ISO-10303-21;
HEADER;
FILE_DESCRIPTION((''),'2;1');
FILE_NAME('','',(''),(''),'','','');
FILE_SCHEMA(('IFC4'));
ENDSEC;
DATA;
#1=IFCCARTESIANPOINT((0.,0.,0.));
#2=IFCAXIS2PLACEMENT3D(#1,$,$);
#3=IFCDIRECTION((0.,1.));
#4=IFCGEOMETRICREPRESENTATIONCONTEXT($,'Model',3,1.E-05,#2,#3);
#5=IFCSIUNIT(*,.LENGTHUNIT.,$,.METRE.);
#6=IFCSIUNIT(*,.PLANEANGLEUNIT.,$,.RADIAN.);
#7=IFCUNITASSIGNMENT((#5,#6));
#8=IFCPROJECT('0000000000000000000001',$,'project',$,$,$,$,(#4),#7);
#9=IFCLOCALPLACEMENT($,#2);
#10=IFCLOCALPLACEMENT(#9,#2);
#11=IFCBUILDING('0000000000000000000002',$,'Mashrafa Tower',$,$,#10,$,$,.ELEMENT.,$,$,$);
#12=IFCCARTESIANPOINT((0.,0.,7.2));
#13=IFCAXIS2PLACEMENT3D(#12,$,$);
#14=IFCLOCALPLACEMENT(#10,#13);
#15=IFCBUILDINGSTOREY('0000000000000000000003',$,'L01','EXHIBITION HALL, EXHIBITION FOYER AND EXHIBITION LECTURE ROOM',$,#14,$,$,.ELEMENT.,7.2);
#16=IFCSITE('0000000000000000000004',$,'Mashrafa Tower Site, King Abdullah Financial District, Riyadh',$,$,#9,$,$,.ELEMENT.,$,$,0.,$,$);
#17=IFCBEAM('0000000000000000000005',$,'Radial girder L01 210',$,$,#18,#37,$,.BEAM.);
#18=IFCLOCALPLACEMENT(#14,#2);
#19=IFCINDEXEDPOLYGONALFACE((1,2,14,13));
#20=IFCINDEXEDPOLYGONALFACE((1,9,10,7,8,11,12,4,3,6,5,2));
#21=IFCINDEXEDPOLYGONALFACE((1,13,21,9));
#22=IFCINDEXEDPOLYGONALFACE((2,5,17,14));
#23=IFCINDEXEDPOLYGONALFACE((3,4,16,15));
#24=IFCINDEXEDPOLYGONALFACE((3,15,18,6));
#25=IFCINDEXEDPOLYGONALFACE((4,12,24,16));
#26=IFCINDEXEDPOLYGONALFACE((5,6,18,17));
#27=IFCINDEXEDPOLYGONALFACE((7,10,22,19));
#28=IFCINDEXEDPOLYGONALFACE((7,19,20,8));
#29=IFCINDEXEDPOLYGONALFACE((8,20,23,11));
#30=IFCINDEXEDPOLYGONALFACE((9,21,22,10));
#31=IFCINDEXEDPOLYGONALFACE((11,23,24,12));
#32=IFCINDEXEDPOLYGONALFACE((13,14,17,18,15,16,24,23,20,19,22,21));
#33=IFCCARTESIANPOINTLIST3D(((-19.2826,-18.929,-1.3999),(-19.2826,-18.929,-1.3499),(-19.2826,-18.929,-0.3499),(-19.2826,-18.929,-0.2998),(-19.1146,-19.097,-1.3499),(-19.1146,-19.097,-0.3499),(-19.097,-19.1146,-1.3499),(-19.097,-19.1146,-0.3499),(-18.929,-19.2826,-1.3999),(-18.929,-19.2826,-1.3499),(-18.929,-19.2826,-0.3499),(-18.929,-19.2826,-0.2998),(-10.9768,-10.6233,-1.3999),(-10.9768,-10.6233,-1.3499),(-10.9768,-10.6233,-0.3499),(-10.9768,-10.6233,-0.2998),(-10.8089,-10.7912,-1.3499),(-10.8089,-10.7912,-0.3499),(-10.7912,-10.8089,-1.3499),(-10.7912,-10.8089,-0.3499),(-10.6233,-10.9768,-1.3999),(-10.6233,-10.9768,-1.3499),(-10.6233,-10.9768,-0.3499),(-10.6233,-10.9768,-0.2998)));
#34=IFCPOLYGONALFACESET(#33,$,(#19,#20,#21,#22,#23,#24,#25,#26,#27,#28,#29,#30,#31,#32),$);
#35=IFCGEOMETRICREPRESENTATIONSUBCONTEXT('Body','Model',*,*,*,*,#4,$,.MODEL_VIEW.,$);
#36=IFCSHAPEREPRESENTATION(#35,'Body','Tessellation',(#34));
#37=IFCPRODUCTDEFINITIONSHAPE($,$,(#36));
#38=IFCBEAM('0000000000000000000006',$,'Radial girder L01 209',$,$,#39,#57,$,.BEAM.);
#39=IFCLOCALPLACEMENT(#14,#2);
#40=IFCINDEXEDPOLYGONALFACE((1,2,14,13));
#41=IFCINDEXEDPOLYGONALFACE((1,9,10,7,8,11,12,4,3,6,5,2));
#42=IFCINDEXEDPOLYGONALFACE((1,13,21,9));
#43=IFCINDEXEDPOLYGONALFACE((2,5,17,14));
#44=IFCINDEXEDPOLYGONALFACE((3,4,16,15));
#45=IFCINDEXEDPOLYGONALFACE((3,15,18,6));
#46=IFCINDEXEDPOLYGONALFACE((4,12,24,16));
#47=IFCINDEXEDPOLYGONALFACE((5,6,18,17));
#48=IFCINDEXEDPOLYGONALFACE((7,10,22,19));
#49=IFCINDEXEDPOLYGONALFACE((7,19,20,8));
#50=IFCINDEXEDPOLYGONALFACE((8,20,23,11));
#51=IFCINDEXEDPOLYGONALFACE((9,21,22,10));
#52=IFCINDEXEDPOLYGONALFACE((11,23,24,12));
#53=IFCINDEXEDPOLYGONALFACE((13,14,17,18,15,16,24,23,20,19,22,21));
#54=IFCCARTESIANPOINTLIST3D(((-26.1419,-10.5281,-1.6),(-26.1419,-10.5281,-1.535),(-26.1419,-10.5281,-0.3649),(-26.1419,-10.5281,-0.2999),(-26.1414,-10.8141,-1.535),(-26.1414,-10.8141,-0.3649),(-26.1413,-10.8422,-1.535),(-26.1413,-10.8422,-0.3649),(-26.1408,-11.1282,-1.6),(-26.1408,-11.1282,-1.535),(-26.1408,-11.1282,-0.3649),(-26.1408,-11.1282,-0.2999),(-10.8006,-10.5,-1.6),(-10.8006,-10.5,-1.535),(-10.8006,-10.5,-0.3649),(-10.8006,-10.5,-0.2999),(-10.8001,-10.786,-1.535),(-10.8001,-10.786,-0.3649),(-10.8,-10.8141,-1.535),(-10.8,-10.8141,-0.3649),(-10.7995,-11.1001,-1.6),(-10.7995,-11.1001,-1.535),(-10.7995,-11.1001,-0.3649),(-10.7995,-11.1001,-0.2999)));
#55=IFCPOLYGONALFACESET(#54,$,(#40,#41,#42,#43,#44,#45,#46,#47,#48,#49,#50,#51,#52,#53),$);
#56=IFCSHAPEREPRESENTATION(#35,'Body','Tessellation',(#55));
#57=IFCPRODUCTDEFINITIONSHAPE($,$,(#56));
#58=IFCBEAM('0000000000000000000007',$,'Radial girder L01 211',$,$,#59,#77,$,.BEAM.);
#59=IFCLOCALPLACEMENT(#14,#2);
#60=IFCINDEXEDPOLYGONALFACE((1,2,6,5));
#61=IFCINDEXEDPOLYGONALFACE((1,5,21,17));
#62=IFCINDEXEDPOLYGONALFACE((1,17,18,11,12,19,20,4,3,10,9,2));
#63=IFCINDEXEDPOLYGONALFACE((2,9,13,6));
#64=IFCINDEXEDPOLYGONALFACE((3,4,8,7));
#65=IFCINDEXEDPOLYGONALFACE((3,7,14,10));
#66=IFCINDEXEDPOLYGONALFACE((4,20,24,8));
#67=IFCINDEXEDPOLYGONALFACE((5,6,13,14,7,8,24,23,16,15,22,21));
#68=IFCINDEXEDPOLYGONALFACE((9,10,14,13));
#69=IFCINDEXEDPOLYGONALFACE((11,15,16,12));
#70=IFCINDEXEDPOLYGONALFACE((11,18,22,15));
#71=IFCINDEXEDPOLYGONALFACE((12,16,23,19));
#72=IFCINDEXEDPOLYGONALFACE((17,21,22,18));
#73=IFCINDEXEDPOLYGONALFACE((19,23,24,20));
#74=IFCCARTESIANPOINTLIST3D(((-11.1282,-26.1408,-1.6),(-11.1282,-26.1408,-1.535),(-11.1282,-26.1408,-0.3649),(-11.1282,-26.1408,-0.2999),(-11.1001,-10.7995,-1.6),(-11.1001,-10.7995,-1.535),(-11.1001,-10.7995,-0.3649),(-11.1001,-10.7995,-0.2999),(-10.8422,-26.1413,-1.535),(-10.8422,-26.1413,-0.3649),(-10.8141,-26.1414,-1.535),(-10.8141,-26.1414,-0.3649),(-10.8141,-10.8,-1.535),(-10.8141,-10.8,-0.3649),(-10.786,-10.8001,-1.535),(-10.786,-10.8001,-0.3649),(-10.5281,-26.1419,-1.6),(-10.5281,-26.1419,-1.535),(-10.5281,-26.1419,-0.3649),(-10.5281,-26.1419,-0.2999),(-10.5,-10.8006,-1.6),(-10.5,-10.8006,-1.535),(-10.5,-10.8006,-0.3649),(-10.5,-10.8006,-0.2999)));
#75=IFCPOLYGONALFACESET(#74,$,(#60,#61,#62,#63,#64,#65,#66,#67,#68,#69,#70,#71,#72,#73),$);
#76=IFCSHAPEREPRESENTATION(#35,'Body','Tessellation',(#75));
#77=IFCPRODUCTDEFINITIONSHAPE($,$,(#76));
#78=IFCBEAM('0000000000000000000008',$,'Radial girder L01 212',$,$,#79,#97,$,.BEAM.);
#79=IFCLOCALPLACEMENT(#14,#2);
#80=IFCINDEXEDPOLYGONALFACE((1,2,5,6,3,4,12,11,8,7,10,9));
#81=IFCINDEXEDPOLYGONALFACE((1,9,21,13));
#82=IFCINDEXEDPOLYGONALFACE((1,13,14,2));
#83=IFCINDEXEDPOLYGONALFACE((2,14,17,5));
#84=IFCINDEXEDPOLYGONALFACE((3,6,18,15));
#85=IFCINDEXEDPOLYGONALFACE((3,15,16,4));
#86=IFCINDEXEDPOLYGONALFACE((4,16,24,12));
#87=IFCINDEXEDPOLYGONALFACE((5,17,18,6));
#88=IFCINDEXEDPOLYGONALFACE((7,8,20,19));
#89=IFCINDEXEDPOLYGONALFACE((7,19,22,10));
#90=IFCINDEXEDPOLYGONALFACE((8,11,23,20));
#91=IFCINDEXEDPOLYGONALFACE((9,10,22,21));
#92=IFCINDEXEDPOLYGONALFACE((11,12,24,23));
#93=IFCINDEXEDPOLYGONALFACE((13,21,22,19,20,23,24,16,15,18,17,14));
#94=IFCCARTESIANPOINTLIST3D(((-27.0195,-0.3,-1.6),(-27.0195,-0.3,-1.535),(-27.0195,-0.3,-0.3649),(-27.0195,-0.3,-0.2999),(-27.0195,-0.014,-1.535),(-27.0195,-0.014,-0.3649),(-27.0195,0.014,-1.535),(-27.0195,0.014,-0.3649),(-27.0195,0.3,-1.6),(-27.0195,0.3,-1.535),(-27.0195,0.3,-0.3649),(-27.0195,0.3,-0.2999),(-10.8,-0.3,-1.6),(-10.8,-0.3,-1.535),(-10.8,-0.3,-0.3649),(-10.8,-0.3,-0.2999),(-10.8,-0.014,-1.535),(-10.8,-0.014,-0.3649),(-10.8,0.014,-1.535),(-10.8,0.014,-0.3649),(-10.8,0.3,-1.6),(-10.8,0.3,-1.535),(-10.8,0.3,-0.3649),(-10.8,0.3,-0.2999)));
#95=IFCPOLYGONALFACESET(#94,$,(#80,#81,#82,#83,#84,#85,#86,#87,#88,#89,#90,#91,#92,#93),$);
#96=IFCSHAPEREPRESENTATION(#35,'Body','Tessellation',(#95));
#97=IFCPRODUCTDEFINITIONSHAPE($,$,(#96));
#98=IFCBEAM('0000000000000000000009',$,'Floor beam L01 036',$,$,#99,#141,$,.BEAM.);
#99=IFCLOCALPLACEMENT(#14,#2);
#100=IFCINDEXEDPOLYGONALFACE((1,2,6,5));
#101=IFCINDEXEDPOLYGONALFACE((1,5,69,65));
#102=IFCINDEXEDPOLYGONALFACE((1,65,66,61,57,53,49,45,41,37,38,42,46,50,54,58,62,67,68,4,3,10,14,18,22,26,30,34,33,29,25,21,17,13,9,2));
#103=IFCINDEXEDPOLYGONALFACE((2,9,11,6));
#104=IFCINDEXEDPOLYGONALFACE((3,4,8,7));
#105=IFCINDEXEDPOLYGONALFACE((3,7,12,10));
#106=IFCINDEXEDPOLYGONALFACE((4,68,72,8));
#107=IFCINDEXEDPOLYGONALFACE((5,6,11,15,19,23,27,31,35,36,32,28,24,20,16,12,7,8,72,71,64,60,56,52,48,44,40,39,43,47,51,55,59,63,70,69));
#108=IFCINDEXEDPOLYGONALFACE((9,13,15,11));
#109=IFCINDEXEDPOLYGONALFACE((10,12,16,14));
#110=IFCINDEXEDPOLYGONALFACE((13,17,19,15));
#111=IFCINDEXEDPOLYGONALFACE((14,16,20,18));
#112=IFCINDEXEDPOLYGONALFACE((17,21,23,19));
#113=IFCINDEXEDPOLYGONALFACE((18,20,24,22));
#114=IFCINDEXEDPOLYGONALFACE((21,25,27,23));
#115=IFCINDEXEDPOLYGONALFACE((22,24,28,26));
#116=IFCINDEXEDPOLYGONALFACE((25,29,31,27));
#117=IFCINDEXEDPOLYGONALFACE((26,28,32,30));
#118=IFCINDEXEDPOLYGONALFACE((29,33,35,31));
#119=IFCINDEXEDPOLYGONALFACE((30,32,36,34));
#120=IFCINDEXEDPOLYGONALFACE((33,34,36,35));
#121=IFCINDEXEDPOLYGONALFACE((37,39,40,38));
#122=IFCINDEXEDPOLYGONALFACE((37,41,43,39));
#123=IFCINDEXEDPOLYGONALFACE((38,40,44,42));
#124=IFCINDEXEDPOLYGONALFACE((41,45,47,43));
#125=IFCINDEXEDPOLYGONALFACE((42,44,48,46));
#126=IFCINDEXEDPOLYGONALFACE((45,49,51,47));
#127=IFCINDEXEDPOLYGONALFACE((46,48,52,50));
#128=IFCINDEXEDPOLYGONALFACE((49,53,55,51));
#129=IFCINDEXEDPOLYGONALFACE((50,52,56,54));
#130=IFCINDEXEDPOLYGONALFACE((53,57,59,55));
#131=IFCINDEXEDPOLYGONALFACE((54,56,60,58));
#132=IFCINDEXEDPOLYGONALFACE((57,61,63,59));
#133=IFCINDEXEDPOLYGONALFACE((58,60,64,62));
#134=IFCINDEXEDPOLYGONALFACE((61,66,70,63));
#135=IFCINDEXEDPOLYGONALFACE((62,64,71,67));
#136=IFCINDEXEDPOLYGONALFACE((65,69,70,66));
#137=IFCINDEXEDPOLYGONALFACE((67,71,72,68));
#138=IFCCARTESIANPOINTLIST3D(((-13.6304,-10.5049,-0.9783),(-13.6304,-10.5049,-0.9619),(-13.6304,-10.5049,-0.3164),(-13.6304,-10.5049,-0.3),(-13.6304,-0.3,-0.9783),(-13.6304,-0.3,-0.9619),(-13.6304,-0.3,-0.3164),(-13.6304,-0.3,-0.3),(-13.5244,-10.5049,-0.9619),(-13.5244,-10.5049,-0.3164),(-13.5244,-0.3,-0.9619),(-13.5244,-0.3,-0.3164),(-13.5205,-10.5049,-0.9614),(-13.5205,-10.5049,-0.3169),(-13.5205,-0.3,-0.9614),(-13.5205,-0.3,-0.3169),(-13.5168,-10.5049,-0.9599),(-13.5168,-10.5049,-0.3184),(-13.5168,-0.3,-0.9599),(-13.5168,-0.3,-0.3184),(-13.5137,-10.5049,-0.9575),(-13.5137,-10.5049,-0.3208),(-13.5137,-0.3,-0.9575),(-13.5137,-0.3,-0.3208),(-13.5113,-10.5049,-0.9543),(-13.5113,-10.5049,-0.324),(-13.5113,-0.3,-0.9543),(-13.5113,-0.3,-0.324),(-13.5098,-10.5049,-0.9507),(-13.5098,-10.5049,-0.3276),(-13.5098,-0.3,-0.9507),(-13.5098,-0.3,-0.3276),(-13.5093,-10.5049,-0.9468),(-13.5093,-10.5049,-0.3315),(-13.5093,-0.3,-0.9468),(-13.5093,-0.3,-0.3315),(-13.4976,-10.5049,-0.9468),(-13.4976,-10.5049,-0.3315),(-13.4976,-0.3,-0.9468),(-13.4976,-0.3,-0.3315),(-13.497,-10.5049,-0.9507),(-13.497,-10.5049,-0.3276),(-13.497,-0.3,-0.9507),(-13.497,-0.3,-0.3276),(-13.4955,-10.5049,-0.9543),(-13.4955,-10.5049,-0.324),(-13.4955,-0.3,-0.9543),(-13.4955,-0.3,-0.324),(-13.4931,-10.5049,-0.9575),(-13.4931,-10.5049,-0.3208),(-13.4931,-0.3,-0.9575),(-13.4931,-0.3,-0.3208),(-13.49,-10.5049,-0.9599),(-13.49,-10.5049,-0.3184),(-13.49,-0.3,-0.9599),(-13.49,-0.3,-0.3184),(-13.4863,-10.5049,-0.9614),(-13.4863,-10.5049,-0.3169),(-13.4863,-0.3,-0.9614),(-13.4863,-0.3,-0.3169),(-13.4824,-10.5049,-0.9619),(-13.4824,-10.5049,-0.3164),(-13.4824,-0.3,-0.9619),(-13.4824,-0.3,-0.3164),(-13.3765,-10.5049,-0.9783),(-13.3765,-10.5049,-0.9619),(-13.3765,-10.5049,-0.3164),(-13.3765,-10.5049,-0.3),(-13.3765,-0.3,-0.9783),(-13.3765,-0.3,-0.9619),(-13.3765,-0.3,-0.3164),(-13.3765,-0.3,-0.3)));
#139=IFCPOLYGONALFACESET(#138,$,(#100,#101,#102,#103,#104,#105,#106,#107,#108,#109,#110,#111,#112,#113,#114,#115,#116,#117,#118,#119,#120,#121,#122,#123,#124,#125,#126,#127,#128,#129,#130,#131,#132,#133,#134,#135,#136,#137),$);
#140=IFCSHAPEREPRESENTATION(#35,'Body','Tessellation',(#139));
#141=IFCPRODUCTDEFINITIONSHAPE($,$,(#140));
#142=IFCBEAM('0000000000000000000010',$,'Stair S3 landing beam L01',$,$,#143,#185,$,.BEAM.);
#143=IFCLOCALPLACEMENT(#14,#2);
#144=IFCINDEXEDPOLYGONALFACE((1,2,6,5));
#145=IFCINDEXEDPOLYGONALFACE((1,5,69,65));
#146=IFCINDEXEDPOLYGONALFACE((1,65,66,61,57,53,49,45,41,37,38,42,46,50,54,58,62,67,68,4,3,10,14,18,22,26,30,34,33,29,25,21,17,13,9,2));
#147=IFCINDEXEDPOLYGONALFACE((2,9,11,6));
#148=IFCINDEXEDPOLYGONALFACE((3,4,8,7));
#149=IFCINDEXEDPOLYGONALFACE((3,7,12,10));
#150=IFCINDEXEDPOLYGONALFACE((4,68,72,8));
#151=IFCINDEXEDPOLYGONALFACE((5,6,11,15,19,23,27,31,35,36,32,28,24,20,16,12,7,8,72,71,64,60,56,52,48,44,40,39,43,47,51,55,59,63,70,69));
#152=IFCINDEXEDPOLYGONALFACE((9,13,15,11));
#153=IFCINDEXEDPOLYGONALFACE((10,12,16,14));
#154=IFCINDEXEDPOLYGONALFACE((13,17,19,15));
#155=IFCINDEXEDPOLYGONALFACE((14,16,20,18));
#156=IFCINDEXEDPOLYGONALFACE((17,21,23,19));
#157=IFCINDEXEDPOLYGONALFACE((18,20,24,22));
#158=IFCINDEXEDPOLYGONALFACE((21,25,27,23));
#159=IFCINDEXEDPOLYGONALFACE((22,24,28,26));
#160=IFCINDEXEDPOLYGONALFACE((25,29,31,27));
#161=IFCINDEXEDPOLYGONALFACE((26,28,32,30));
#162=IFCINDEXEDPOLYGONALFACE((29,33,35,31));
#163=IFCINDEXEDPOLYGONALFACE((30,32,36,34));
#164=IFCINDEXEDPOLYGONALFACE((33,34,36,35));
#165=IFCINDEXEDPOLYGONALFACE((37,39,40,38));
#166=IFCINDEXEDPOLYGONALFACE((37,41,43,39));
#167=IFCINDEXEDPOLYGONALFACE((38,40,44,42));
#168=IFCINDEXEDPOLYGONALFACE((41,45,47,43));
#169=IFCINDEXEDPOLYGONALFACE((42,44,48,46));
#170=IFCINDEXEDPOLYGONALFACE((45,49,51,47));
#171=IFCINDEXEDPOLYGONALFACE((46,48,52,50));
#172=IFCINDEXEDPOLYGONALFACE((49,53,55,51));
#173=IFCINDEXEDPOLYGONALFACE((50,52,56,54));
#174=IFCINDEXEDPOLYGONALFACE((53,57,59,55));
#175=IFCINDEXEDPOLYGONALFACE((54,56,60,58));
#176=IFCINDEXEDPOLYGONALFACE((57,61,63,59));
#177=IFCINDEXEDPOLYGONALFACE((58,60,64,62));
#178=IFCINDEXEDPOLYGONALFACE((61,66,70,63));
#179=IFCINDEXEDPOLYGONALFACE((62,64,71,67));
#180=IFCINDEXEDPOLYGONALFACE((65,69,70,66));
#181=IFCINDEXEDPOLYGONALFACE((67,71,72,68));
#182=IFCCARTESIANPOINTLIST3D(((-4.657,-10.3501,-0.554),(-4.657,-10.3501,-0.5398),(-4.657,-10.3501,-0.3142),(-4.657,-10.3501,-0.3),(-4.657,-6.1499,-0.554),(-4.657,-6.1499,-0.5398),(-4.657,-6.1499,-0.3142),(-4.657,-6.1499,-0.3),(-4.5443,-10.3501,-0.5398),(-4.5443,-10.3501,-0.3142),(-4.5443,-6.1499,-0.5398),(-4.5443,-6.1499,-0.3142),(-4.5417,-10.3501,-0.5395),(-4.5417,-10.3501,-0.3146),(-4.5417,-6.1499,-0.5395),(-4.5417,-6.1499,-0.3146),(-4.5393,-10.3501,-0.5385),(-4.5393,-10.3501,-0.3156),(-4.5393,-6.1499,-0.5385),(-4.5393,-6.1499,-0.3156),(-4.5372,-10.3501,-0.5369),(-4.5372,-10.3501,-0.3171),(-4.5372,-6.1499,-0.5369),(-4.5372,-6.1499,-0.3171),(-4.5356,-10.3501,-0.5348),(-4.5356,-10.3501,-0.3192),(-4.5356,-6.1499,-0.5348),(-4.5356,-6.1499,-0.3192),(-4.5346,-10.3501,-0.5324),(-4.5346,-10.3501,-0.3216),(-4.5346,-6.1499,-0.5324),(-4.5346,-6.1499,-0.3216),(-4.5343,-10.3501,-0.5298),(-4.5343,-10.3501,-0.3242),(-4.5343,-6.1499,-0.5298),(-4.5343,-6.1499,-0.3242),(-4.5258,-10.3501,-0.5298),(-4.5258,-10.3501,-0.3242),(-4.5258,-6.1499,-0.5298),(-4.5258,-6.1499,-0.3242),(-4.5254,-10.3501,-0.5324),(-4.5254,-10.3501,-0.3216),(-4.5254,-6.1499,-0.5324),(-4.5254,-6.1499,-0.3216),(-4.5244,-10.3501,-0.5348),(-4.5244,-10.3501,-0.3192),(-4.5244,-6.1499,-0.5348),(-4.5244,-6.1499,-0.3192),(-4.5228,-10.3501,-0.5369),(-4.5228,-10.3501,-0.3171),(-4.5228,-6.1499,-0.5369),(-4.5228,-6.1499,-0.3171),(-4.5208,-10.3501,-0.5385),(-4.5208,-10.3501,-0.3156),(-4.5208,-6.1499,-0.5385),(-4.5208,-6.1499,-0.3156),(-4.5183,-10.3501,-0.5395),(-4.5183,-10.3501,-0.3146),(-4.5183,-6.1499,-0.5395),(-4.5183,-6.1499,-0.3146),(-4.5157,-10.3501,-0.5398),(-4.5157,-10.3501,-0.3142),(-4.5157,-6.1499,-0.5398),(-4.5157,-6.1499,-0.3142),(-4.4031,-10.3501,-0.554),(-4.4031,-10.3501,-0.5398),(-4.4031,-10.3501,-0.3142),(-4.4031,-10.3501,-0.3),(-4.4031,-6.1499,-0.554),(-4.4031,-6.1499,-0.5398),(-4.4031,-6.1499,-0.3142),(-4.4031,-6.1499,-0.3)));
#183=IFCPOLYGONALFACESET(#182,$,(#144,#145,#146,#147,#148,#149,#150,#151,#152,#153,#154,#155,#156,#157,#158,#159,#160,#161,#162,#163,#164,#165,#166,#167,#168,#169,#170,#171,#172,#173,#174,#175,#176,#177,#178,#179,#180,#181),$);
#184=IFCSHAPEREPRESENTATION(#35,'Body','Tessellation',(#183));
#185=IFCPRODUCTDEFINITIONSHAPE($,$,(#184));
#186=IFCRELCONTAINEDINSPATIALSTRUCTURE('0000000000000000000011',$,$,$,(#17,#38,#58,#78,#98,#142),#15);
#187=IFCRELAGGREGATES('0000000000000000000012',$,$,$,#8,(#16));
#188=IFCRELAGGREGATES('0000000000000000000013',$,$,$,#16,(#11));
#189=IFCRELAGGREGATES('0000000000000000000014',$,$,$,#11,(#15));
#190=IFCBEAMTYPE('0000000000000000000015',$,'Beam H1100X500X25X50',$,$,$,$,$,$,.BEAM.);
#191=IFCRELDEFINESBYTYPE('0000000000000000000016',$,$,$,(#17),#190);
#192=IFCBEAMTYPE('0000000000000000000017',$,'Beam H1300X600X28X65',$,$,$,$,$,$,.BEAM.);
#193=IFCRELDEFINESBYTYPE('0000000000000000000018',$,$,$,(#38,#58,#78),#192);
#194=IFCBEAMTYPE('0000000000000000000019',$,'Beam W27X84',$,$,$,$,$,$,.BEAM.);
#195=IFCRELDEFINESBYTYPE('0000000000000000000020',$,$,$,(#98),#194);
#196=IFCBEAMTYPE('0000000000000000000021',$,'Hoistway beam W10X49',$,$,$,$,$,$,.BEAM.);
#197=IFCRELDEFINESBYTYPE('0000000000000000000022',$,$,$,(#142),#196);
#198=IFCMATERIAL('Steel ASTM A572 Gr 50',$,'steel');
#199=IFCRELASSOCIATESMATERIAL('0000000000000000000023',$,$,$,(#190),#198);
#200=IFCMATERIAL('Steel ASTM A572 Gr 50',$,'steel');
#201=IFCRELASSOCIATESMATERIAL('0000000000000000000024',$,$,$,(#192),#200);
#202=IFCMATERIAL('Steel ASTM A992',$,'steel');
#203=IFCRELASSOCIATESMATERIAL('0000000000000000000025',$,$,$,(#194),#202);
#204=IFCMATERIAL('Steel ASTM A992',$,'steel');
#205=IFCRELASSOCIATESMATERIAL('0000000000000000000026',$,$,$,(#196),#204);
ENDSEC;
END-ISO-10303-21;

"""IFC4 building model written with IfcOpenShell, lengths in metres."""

from ifc_helpers import new_model, si_unit, direction, frame, origin, origin_2d, place, context, subcontext, project, spatial, i_section, extrude, material, material_profile, profile_set, type_object, element, save


model = new_model("IFC4")

# Units and contexts
model_context = context("Model", 3, precision=1e-05, world=origin(), true_north=direction((0.0, 1.0)))
body_context = subcontext(model_context, "Body", "Model", "MODEL_VIEW")
ifc_project = project(units=[si_unit("LENGTHUNIT", "METRE"), si_unit("PLANEANGLEUNIT", "RADIAN")], contexts=[model_context])

# Site, building, storey
site_placement = place(None, origin())
site = spatial("IfcSite", under=ifc_project, at=site_placement, Name="Mashrafa Tower Site, King Abdullah Financial District, Riyadh", CompositionType="ELEMENT", RefElevation=0.0)
building_placement = place(site_placement, origin())
building = spatial("IfcBuilding", under=site, at=building_placement, Name="Mashrafa Tower", CompositionType="ELEMENT")
storey_placement = place(building_placement, frame((0.0, 0.0, 7.2)))
storey = spatial("IfcBuildingStorey", under=building, at=storey_placement, Name="L01", Description="EXHIBITION HALL, EXHIBITION FOYER AND EXHIBITION LECTURE ROOM", CompositionType="ELEMENT", Elevation=7.2)

# Beams
ifc_material_1 = material(Name="Steel ASTM A572 Gr 50", Category="steel")
ifc_material_profile_1 = material_profile(ifc_material_1, i_section(OverallWidth=0.5, OverallDepth=1.1001, WebThickness=0.0249, FlangeThickness=0.05, at=origin_2d()), Name="H1100X500X25X50")
ifc_profile_set_1 = profile_set([ifc_material_profile_1], Name="Steel ASTM A572 Gr 50")
beam_type_1 = type_object("IfcBeamType", Name="Beam H1100X500X25X50", PredefinedType="BEAM", material=ifc_profile_set_1)
beam_1_placement = place(storey_placement, frame((-10.8, -10.8, -0.8499), z_axis=(-0.707107, -0.707107, 0.0), x_axis=(0.707107, -0.707107, 0.0)))
element("IfcBeam", 1, at=beam_1_placement, inside=storey, type_object=beam_type_1, Name="Radial girder L01 210", PredefinedType="BEAM", context=body_context, shape_type="SweptSolid", body=[
    extrude(i_section(OverallWidth=0.5, OverallDepth=1.1001, WebThickness=0.0249, FlangeThickness=0.05, at=origin_2d()), origin(), (0.0, 0.0, 1.0), 11.7461),
])
ifc_material_2 = material(Name="Steel ASTM A572 Gr 50", Category="steel")
ifc_material_profile_2 = material_profile(ifc_material_2, i_section(OverallWidth=0.6001, OverallDepth=1.3, WebThickness=0.0281, FlangeThickness=0.0649, at=origin_2d()), Name="H1300X600X28X65")
ifc_profile_set_2 = profile_set([ifc_material_profile_2], Name="Steel ASTM A572 Gr 50")
beam_type_2 = type_object("IfcBeamType", Name="Beam H1300X600X28X65", PredefinedType="BEAM", material=ifc_profile_set_2)
for number, where, z_axis, x_axis, name in (
    (2, (-10.8, -10.8, -0.95), (-0.999998, -0.00183, 0.0), (0.00183, -0.999998, 0.0), "Radial girder L01 209"),
    (3, (-10.8, -10.8, -0.95), (-0.00183, -0.999998, 0.0), (0.999998, -0.00183, 0.0), "Radial girder L01 211"),
):
    element("IfcBeam", number, at=place(storey_placement, frame(where, z_axis=z_axis, x_axis=x_axis)), inside=storey, type_object=beam_type_2, Name=name, PredefinedType="BEAM", context=body_context, shape_type="SweptSolid", body=[
        extrude(i_section(OverallWidth=0.6001, OverallDepth=1.3, WebThickness=0.0281, FlangeThickness=0.0649, at=origin_2d()), origin(), (0.0, 0.0, 1.0), 15.3413),
    ])
beam_2_placement = place(storey_placement, frame((-10.8, 0.0, -0.95), z_axis=(-1.0, 0.0, 0.0), x_axis=(0.0, -1.0, 0.0)))
element("IfcBeam", 4, at=beam_2_placement, inside=storey, type_object=beam_type_2, Name="Radial girder L01 212", PredefinedType="BEAM", context=body_context, shape_type="SweptSolid", body=[
    extrude(i_section(OverallWidth=0.6001, OverallDepth=1.3, WebThickness=0.0281, FlangeThickness=0.0649, at=origin_2d()), origin(), (0.0, 0.0, 1.0), 16.2195),
])
ifc_material_3 = material(Name="Steel ASTM A992", Category="steel")
ifc_material_profile_3 = material_profile(ifc_material_3, i_section(OverallWidth=0.2539, OverallDepth=0.6782, WebThickness=0.0117, FlangeThickness=0.0164, FilletRadius=0.0151, at=origin_2d()), Name="W27X84")
ifc_profile_set_3 = profile_set([ifc_material_profile_3], Name="Steel ASTM A992")
beam_type_3 = type_object("IfcBeamType", Name="Beam W27X84", PredefinedType="BEAM", material=ifc_profile_set_3)
beam_3_placement = place(storey_placement, frame((-13.5034, -10.5049, -0.6392), z_axis=(0.0, 1.0, 0.0), x_axis=(-1.0, 0.0, 0.0)))
element("IfcBeam", 5, at=beam_3_placement, inside=storey, type_object=beam_type_3, Name="Floor beam L01 036", PredefinedType="BEAM", context=body_context, shape_type="SweptSolid", body=[
    extrude(i_section(OverallWidth=0.2539, OverallDepth=0.6782, WebThickness=0.0117, FlangeThickness=0.0164, FilletRadius=0.0151, at=origin_2d()), origin(), (0.0, 0.0, 1.0), 10.2048),
])
ifc_material_4 = material(Name="Steel ASTM A992", Category="steel")
ifc_material_profile_4 = material_profile(ifc_material_4, i_section(OverallWidth=0.2539, OverallDepth=0.2539, WebThickness=0.0085, FlangeThickness=0.0142, FilletRadius=0.01, at=origin_2d()), Name="W10X49")
ifc_profile_set_4 = profile_set([ifc_material_profile_4], Name="Steel ASTM A992")
beam_type_4 = type_object("IfcBeamType", Name="Hoistway beam W10X49", PredefinedType="BEAM", material=ifc_profile_set_4)
for number, where, z_axis, x_axis, name in (
    (6, (-4.53, -10.3501, -0.427), (0.0, 1.0, 0.0), (-1.0, 0.0, 0.0), "Stair S3 landing beam L01"),
):
    element("IfcBeam", number, at=place(storey_placement, frame(where, z_axis=z_axis, x_axis=x_axis)), inside=storey, type_object=beam_type_4, Name=name, PredefinedType="BEAM", context=body_context, shape_type="SweptSolid", body=[
        extrude(i_section(OverallWidth=0.2539, OverallDepth=0.2539, WebThickness=0.0085, FlangeThickness=0.0142, FilletRadius=0.01, at=origin_2d()), origin(), (0.0, 0.0, 1.0), 4.2002),
    ])

save(model, "model.ifc")
